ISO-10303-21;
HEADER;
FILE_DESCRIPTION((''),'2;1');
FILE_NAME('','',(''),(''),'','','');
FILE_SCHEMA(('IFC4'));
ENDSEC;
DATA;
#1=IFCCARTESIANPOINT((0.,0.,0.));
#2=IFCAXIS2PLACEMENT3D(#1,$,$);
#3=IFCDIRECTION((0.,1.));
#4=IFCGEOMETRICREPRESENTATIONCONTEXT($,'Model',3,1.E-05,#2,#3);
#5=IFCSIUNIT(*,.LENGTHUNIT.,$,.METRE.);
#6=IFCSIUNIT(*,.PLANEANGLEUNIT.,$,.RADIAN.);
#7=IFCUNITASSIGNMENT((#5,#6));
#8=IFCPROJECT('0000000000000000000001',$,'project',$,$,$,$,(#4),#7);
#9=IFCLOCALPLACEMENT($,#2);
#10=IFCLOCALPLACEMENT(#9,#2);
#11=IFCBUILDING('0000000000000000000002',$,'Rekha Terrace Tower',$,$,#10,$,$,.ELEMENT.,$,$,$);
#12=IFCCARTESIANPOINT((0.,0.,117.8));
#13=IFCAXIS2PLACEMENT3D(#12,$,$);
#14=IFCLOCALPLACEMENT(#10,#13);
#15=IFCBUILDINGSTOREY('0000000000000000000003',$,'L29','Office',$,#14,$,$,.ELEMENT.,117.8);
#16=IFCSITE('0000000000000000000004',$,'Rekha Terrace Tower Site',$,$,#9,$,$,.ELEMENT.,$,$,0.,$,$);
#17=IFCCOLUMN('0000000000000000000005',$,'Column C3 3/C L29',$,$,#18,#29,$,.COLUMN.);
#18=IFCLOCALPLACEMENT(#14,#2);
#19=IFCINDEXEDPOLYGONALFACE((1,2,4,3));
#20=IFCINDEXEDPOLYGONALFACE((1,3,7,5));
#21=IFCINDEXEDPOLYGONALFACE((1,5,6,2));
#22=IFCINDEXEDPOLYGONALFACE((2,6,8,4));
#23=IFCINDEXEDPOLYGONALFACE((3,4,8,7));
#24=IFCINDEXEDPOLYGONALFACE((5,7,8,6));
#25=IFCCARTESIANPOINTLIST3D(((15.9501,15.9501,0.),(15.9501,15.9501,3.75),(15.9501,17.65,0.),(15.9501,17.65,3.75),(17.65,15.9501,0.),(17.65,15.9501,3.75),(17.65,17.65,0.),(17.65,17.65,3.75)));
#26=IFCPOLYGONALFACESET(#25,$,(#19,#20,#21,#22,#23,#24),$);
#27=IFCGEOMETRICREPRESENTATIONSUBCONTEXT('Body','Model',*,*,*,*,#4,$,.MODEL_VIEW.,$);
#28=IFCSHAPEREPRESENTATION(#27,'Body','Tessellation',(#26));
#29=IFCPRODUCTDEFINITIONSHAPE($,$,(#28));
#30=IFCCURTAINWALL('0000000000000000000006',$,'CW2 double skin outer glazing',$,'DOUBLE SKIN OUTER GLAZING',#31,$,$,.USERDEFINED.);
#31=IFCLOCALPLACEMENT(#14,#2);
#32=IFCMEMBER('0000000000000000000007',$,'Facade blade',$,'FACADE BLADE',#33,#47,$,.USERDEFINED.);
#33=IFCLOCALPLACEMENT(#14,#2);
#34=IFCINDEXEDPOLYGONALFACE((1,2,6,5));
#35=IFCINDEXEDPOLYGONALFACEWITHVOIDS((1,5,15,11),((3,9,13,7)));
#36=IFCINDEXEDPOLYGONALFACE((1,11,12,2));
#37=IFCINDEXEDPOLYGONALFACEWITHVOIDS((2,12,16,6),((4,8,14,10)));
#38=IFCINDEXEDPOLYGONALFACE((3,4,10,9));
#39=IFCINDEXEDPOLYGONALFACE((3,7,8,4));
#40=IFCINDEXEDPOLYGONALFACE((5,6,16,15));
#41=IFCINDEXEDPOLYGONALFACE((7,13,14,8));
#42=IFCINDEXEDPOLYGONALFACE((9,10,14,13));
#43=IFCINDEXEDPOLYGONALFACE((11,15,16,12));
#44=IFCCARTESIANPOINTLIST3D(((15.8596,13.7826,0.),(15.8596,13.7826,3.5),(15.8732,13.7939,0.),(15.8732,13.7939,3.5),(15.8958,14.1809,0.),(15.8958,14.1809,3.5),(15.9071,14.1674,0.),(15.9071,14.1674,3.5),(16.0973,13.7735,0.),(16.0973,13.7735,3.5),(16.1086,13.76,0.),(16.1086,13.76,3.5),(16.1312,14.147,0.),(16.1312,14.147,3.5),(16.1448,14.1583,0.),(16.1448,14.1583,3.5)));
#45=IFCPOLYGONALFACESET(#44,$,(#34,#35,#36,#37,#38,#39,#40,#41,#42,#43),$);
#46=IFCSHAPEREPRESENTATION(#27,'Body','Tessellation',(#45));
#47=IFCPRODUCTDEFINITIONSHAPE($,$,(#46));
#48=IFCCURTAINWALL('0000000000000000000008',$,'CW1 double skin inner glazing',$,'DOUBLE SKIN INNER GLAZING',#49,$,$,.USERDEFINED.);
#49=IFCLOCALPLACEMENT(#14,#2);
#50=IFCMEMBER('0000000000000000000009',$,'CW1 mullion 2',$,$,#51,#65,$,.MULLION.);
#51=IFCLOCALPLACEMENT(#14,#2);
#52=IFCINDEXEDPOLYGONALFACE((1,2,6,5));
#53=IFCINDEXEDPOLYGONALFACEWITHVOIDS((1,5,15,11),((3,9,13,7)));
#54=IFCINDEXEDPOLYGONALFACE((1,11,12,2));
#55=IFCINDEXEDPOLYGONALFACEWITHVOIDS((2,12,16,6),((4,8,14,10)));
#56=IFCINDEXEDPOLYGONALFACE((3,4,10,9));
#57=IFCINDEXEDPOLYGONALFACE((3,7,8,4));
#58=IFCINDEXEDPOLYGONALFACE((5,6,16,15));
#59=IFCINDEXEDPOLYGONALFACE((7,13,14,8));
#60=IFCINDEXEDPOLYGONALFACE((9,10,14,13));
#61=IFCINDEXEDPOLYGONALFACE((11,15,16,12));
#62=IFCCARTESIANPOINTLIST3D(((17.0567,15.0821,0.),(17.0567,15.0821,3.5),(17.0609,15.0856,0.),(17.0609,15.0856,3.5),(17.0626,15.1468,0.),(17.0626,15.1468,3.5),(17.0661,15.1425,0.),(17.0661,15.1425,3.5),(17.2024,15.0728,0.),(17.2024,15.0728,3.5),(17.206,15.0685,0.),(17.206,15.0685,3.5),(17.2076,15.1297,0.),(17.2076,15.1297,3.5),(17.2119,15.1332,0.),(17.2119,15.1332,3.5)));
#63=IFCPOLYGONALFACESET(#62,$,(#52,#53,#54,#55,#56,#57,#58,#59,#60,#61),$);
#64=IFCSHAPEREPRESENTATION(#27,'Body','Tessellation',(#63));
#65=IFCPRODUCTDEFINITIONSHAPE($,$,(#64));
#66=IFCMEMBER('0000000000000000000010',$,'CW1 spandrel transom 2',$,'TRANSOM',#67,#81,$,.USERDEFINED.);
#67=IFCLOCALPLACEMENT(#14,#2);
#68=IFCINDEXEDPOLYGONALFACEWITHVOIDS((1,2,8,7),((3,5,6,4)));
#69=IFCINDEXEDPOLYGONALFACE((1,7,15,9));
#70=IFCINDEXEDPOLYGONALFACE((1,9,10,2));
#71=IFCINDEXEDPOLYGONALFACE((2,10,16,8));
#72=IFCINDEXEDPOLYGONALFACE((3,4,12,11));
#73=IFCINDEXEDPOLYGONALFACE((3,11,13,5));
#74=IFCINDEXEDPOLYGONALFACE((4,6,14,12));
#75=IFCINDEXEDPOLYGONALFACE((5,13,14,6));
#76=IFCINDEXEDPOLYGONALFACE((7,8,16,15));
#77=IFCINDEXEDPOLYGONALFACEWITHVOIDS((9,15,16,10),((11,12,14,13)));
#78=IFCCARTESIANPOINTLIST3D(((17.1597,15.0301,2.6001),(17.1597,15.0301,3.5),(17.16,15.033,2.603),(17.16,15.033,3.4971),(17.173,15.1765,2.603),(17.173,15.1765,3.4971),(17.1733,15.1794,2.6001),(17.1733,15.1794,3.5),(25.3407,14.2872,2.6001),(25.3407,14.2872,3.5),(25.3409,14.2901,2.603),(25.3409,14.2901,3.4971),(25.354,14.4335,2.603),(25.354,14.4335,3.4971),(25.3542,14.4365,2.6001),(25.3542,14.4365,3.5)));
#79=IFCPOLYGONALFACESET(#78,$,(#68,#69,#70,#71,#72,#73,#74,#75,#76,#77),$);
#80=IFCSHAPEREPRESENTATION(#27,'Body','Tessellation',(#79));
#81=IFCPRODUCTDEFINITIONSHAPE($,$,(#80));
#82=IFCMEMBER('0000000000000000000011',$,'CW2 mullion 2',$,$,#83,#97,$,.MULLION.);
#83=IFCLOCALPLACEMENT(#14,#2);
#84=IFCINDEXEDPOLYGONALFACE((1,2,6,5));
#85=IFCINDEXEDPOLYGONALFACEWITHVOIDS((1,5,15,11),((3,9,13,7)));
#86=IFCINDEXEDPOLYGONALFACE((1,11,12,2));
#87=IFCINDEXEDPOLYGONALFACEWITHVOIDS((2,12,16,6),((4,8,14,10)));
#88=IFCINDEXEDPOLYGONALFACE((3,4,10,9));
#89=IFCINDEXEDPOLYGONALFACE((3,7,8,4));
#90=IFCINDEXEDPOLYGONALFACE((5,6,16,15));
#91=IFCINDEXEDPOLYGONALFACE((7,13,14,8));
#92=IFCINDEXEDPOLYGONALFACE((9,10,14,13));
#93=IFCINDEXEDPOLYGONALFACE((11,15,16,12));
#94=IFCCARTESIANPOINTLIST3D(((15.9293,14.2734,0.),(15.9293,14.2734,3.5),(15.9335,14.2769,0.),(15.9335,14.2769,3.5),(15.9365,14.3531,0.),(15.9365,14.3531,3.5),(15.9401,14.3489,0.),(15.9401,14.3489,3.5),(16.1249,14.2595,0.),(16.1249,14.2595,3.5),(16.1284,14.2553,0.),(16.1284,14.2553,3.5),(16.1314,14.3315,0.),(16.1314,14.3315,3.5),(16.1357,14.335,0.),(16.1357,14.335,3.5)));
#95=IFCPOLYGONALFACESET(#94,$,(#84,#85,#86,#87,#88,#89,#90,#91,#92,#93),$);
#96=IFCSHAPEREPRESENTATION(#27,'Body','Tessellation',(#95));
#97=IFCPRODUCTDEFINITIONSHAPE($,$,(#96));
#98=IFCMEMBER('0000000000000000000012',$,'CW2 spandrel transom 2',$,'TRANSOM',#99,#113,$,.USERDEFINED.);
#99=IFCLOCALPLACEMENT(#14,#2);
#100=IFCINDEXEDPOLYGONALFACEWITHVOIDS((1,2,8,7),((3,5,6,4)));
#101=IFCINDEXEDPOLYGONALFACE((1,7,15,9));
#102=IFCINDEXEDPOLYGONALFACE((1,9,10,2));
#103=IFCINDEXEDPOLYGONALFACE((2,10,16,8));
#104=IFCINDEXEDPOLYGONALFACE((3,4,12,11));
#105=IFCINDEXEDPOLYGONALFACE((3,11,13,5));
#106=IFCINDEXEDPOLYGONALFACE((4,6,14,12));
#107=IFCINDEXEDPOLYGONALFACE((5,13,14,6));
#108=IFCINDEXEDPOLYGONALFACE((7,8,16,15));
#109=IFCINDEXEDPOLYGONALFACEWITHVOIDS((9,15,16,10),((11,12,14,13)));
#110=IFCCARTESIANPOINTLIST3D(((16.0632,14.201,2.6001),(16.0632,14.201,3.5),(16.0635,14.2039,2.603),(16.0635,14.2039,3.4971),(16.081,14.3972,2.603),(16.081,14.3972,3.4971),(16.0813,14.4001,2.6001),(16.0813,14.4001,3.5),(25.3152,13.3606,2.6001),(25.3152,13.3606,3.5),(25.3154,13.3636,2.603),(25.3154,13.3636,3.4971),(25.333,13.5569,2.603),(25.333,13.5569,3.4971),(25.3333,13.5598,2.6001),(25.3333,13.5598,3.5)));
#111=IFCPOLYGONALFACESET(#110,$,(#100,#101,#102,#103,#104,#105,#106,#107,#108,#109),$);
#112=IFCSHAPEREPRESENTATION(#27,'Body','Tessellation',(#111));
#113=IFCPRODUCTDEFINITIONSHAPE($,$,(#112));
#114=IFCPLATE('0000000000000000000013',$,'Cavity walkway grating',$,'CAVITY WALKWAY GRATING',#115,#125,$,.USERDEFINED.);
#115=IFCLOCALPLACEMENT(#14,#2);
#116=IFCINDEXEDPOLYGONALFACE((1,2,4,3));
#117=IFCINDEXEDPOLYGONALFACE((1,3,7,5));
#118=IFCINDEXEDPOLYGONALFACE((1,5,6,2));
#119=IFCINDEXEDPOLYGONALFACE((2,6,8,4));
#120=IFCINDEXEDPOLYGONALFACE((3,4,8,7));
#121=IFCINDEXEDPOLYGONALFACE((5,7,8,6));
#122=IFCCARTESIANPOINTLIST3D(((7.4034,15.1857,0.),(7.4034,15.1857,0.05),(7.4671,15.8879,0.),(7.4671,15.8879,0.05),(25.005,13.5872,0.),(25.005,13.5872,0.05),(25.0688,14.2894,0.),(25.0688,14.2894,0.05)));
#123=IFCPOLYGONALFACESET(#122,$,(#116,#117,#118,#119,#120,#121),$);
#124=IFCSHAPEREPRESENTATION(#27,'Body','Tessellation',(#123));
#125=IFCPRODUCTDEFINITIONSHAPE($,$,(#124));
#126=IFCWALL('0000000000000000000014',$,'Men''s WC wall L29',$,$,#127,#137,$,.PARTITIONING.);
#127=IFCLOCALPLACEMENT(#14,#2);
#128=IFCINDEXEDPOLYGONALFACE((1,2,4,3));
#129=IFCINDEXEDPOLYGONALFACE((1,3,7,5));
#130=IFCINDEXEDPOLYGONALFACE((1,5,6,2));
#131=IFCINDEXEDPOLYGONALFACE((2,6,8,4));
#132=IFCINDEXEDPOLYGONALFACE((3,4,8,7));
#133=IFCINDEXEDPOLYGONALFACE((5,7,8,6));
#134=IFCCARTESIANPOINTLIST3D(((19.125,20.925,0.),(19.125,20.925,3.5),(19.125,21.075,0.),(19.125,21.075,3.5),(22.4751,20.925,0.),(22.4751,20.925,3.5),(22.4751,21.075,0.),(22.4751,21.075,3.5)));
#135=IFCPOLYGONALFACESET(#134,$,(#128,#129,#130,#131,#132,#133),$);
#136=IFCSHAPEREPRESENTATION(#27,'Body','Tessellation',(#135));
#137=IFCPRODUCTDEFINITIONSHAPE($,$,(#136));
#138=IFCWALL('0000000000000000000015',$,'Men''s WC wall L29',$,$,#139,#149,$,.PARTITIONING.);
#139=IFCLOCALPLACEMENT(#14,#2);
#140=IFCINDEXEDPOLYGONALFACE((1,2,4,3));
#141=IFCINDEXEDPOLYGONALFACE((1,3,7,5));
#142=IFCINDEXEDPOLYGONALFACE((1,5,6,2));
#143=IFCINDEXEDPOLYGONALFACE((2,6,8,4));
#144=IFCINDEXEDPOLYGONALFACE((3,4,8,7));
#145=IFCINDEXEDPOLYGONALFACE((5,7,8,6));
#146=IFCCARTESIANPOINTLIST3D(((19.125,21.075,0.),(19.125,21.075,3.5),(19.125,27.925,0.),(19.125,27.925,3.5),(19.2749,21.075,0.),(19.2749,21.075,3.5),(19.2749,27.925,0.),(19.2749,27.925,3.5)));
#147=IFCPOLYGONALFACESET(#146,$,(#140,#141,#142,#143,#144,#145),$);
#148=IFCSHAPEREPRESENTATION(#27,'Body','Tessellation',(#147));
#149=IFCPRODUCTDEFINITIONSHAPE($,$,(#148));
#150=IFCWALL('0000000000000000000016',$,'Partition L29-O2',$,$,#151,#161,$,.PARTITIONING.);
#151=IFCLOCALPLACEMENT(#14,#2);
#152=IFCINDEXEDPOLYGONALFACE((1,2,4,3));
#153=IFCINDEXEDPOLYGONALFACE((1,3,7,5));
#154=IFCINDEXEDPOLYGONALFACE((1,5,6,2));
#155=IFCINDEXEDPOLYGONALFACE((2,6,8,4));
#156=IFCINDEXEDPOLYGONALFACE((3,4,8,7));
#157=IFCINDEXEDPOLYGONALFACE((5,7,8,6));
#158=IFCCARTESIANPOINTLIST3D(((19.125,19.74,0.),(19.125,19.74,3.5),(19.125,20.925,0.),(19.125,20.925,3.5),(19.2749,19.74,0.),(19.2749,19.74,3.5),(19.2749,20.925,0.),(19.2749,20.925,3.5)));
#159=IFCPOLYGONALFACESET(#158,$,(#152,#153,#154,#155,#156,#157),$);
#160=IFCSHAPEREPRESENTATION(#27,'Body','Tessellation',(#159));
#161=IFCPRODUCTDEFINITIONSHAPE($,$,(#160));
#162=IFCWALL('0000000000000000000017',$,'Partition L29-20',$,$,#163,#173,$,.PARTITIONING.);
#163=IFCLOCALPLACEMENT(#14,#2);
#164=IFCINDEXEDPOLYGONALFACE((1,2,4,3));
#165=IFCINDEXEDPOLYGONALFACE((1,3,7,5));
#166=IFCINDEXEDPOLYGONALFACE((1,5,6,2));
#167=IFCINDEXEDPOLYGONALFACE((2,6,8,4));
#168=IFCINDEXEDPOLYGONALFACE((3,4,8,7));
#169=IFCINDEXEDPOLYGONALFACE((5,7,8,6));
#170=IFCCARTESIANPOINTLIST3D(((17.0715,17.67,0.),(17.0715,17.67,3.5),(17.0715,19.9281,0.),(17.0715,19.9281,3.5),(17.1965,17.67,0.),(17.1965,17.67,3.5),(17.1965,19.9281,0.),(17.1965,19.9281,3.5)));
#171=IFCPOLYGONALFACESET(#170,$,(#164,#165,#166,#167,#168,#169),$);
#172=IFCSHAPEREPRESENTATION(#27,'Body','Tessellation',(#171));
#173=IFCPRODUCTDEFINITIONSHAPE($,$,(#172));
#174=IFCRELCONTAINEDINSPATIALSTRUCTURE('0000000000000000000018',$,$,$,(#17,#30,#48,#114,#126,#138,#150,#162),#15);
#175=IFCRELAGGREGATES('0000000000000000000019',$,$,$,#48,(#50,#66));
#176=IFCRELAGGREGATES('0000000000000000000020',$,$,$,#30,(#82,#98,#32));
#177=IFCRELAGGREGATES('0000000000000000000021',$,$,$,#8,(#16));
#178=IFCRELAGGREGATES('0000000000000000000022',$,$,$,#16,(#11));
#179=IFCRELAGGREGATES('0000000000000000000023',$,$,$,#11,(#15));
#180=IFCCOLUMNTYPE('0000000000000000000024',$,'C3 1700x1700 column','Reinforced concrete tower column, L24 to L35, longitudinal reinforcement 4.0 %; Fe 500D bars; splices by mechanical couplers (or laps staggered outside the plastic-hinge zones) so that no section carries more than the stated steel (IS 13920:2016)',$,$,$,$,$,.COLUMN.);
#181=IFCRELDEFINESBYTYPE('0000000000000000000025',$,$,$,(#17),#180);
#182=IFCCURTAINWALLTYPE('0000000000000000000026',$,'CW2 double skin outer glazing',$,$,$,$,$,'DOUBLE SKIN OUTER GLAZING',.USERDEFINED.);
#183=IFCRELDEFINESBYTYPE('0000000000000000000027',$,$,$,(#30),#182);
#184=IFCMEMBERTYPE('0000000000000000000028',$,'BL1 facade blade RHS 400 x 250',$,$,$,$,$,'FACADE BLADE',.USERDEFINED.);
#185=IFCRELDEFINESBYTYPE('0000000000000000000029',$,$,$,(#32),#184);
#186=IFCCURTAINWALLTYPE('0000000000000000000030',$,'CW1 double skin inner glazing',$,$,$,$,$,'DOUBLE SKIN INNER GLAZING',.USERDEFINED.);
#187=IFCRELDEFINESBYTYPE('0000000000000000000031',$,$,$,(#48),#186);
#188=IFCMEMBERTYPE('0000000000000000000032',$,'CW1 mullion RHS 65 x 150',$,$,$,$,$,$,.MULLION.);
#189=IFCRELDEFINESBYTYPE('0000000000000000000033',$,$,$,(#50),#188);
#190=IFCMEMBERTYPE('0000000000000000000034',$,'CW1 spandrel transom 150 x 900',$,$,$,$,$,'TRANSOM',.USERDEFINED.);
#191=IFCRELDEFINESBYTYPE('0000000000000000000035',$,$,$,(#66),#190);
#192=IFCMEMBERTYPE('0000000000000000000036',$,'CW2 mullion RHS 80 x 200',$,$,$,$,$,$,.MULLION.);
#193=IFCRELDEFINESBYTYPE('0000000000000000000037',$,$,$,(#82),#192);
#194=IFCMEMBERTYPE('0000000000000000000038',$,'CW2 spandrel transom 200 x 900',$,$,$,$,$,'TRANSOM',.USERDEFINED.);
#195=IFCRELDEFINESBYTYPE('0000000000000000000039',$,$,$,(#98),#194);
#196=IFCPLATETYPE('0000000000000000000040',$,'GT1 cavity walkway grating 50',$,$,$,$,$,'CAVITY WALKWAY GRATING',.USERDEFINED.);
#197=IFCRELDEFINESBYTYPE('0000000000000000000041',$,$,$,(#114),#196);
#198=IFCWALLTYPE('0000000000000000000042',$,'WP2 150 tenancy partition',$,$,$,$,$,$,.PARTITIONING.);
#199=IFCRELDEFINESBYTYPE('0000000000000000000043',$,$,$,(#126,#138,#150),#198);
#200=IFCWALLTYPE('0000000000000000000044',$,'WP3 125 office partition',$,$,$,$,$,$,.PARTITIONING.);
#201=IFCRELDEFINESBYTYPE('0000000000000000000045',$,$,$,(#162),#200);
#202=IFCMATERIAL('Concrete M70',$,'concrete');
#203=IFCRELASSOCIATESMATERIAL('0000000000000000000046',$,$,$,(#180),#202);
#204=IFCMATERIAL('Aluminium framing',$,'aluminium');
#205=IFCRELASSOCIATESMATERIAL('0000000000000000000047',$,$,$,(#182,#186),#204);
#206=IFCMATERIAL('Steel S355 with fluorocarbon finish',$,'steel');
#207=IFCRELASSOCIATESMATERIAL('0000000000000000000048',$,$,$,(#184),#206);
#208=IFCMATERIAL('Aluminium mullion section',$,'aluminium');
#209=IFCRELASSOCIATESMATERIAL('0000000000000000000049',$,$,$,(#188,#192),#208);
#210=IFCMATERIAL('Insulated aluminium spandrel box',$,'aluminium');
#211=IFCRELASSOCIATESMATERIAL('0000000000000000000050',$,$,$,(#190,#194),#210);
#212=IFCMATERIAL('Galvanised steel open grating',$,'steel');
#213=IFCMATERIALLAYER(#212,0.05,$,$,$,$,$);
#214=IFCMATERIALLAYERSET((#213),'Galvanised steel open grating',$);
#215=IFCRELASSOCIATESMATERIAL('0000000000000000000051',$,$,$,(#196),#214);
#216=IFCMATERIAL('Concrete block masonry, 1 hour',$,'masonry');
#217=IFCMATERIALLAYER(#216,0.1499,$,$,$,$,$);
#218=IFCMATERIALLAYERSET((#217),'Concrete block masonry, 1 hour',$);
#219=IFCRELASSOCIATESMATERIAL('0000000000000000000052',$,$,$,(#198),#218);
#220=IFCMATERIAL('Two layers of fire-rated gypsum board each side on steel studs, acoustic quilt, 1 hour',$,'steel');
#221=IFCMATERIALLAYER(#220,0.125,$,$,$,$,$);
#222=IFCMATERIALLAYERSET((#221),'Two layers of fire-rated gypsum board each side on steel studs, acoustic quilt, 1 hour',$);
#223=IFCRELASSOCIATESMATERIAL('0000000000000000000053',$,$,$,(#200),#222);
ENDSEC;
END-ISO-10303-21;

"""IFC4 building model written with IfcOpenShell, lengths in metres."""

from ifc_helpers import new_model, si_unit, direction, frame, frame_2d, origin, origin_2d, place, context, subcontext, project, spatial, rectangle, hollow_rectangle, extrude, material, layer, layer_set, material_profile, profile_set, type_object, element, aggregate, save


model = new_model("IFC4")

# Units and contexts
model_context = context("Model", 3, precision=1e-05, world=origin(), true_north=direction((0.0, 1.0)))
body_context = subcontext(model_context, "Body", "Model", "MODEL_VIEW")
ifc_project = project(units=[si_unit("LENGTHUNIT", "METRE"), si_unit("PLANEANGLEUNIT", "RADIAN")], contexts=[model_context])

# Site, building, storey
site_placement = place(None, origin())
site = spatial("IfcSite", under=ifc_project, at=site_placement, Name="Rekha Terrace Tower Site", CompositionType="ELEMENT", RefElevation=0.0)
building_placement = place(site_placement, origin())
building = spatial("IfcBuilding", under=site, at=building_placement, Name="Rekha Terrace Tower", CompositionType="ELEMENT")
storey_placement = place(building_placement, frame((0.0, 0.0, 117.8)))
storey = spatial("IfcBuildingStorey", under=building, at=storey_placement, Name="L29", Description="Office", CompositionType="ELEMENT", Elevation=117.8)

# Column
ifc_material_1 = material(Name="Concrete M70", Category="concrete")
ifc_material_profile_1 = material_profile(ifc_material_1, rectangle(XDim=1.7, YDim=1.7, at=origin_2d()), Name="RC 1700x1700")
ifc_profile_set_1 = profile_set([ifc_material_profile_1], Name="Concrete M70")
column_type = type_object("IfcColumnType", Name="C3 1700x1700 column", Description="Reinforced concrete tower column, L24 to L35, longitudinal reinforcement 4.0 %; Fe 500D bars; splices by mechanical couplers (or laps staggered outside the plastic-hinge zones) so that no section carries more than the stated steel (IS 13920:2016)", PredefinedType="COLUMN", material=ifc_profile_set_1)
column_placement = place(storey_placement, frame((16.8, 16.8, 0.0), z_axis=(0.0, 0.0, 1.0), x_axis=(1.0, 0.0, 0.0)))
element("IfcColumn", 1, at=column_placement, inside=storey, type_object=column_type, Name="Column C3 3/C L29", PredefinedType="COLUMN", context=body_context, shape_type="SweptSolid", body=[
    extrude(rectangle(XDim=1.7, YDim=1.7, at=origin_2d()), origin(), (0.0, 0.0, 1.0), 3.75),
])

# Curtain wall, member
ifc_material_2 = material(Name="Aluminium framing", Category="aluminium")
curtain_wall_type_1 = type_object("IfcCurtainWallType", Name="CW2 double skin outer glazing", ElementType="DOUBLE SKIN OUTER GLAZING", PredefinedType="USERDEFINED", material=ifc_material_2)
curtain_wall_1_placement = place(storey_placement, origin())
curtain_wall_1 = element("IfcCurtainWall", 2, at=curtain_wall_1_placement, inside=storey, type_object=curtain_wall_type_1, Name="CW2 double skin outer glazing", ObjectType="DOUBLE SKIN OUTER GLAZING", PredefinedType="USERDEFINED")
ifc_material_3 = material(Name="Steel S355 with fluorocarbon finish", Category="steel")
ifc_material_profile_2 = material_profile(ifc_material_3, hollow_rectangle(XDim=0.25, YDim=0.3999, WallThickness=0.0125, at=origin_2d()), Name="RHS400x250x12.5")
ifc_profile_set_2 = profile_set([ifc_material_profile_2], Name="Steel S355 with fluorocarbon finish")
member_type_1 = type_object("IfcMemberType", Name="BL1 facade blade RHS 400 x 250", ElementType="FACADE BLADE", PredefinedType="USERDEFINED", material=ifc_profile_set_2)
member_1_placement = place(storey_placement, frame((16.0022, 13.9705, 0.0), z_axis=(0.0, 0.0, 1.0), x_axis=(0.995902, -0.09044, 0.0)))
member_1 = element("IfcMember", 3, at=member_1_placement, type_object=member_type_1, Name="Facade blade", ObjectType="FACADE BLADE", PredefinedType="USERDEFINED", context=body_context, shape_type="SweptSolid", body=[
    extrude(hollow_rectangle(XDim=0.25, YDim=0.3999, WallThickness=0.0125, at=origin_2d()), origin(), (0.0, 0.0, 1.0), 3.5),
])

# Curtain wall, members
curtain_wall_type_2 = type_object("IfcCurtainWallType", Name="CW1 double skin inner glazing", ElementType="DOUBLE SKIN INNER GLAZING", PredefinedType="USERDEFINED", material=ifc_material_2)
curtain_wall_2_placement = place(storey_placement, origin())
curtain_wall_2 = element("IfcCurtainWall", 4, at=curtain_wall_2_placement, inside=storey, type_object=curtain_wall_type_2, Name="CW1 double skin inner glazing", ObjectType="DOUBLE SKIN INNER GLAZING", PredefinedType="USERDEFINED")
ifc_material_4 = material(Name="Aluminium mullion section", Category="aluminium")
ifc_material_profile_3 = material_profile(ifc_material_4, hollow_rectangle(XDim=0.0649, YDim=0.1499, WallThickness=0.0039, at=origin_2d()), Name="AL RHS 65x150")
ifc_profile_set_3 = profile_set([ifc_material_profile_3], Name="Aluminium mullion section")
member_type_2 = type_object("IfcMemberType", Name="CW1 mullion RHS 65 x 150", PredefinedType="MULLION", material=ifc_profile_set_3)
member_2_placement = place(storey_placement, frame((17.1343, 15.1077, 0.0), z_axis=(0.0, 0.0, 1.0), x_axis=(0.09044, 0.995902, 0.0)))
member_2 = element("IfcMember", 5, at=member_2_placement, type_object=member_type_2, Name="CW1 mullion 2", PredefinedType="MULLION", context=body_context, shape_type="SweptSolid", body=[
    extrude(hollow_rectangle(XDim=0.0649, YDim=0.1499, WallThickness=0.0039, at=origin_2d()), origin(), (0.0, 0.0, 1.0), 3.5),
])
ifc_material_5 = material(Name="Insulated aluminium spandrel box", Category="aluminium")
ifc_material_profile_4 = material_profile(ifc_material_5, hollow_rectangle(XDim=0.1499, YDim=0.8999, WallThickness=0.0029, at=origin_2d()), Name="AL SPANDREL BOX 150x900")
ifc_profile_set_4 = profile_set([ifc_material_profile_4], Name="Insulated aluminium spandrel box")
member_type_3 = type_object("IfcMemberType", Name="CW1 spandrel transom 150 x 900", ElementType="TRANSOM", PredefinedType="USERDEFINED", material=ifc_profile_set_4)
member_3_placement = place(storey_placement, frame((17.1665, 15.1047, 3.05), z_axis=(0.995902, -0.090439, 0.0), x_axis=(0.090439, 0.995902, 0.0)))
member_3 = element("IfcMember", 6, at=member_3_placement, type_object=member_type_3, Name="CW1 spandrel transom 2", ObjectType="TRANSOM", PredefinedType="USERDEFINED", context=body_context, shape_type="SweptSolid", body=[
    extrude(hollow_rectangle(XDim=0.1499, YDim=0.8999, WallThickness=0.0029, at=origin_2d()), origin(), (0.0, 0.0, 1.0), 8.2146),
])
aggregate(curtain_wall_2, [member_2, member_3])

# Members
ifc_material_profile_5 = material_profile(ifc_material_4, hollow_rectangle(XDim=0.0801, YDim=0.2, WallThickness=0.0039, at=origin_2d()), Name="AL RHS 80x200")
ifc_profile_set_5 = profile_set([ifc_material_profile_5], Name="Aluminium mullion section")
member_type_4 = type_object("IfcMemberType", Name="CW2 mullion RHS 80 x 200", PredefinedType="MULLION", material=ifc_profile_set_5)
member_4_placement = place(storey_placement, frame((16.0325, 14.3042, 0.0), z_axis=(0.0, 0.0, 1.0), x_axis=(0.09044, 0.995902, 0.0)))
member_4 = element("IfcMember", 7, at=member_4_placement, type_object=member_type_4, Name="CW2 mullion 2", PredefinedType="MULLION", context=body_context, shape_type="SweptSolid", body=[
    extrude(hollow_rectangle(XDim=0.0801, YDim=0.2, WallThickness=0.0039, at=origin_2d()), origin(), (0.0, 0.0, 1.0), 3.5),
])
ifc_material_profile_6 = material_profile(ifc_material_5, hollow_rectangle(XDim=0.2, YDim=0.8999, WallThickness=0.0029, at=origin_2d()), Name="AL SPANDREL BOX 200x900")
ifc_profile_set_6 = profile_set([ifc_material_profile_6], Name="Insulated aluminium spandrel box")
member_type_5 = type_object("IfcMemberType", Name="CW2 spandrel transom 200 x 900", ElementType="TRANSOM", PredefinedType="USERDEFINED", material=ifc_profile_set_6)
member_5_placement = place(storey_placement, frame((16.0723, 14.3005, 3.05), z_axis=(0.995901, -0.090455, 0.0), x_axis=(0.090455, 0.995901, 0.0)))
member_5 = element("IfcMember", 8, at=member_5_placement, type_object=member_type_5, Name="CW2 spandrel transom 2", ObjectType="TRANSOM", PredefinedType="USERDEFINED", context=body_context, shape_type="SweptSolid", body=[
    extrude(hollow_rectangle(XDim=0.2, YDim=0.8999, WallThickness=0.0029, at=origin_2d()), origin(), (0.0, 0.0, 1.0), 9.29),
])
aggregate(curtain_wall_1, [member_4, member_5, member_1])

# Plate
ifc_material_6 = material(Name="Galvanised steel open grating", Category="steel")
ifc_layer_1 = layer(ifc_material_6, 0.05)
ifc_layer_set_1 = layer_set([ifc_layer_1], Name="Galvanised steel open grating")
plate_type = type_object("IfcPlateType", Name="GT1 cavity walkway grating 50", ElementType="CAVITY WALKWAY GRATING", PredefinedType="USERDEFINED", material=ifc_layer_set_1)
plate_placement = place(storey_placement, frame((16.2361, 14.7375, 0.0), z_axis=(0.0, 0.0, 1.0), x_axis=(0.995902, -0.09044, 0.0)))
element("IfcPlate", 9, at=plate_placement, inside=storey, type_object=plate_type, Name="Cavity walkway grating", ObjectType="CAVITY WALKWAY GRATING", PredefinedType="USERDEFINED", context=body_context, shape_type="SweptSolid", body=[
    extrude(rectangle(XDim=17.6741, YDim=0.7051, at=origin_2d()), origin(), (0.0, 0.0, 1.0), 0.05),
])

# Walls
ifc_material_7 = material(Name="Concrete block masonry, 1 hour", Category="masonry")
ifc_layer_2 = layer(ifc_material_7, 0.1499)
ifc_layer_set_2 = layer_set([ifc_layer_2], Name="Concrete block masonry, 1 hour")
wall_type_1 = type_object("IfcWallType", Name="WP2 150 tenancy partition", PredefinedType="PARTITIONING", material=ifc_layer_set_2)
wall_1_placement = place(storey_placement, frame((19.125, 21.0, 0.0), z_axis=(0.0, 0.0, 1.0), x_axis=(1.0, 0.0, 0.0)))
element("IfcWall", 10, at=wall_1_placement, inside=storey, type_object=wall_type_1, Name="Men's WC wall L29", PredefinedType="PARTITIONING", context=body_context, shape_type="SweptSolid", body=[
    extrude(rectangle(XDim=3.3501, YDim=0.1499, at=frame_2d((1.675, 0.0))), origin(), (0.0, 0.0, 1.0), 3.5),
])
wall_2_placement = place(storey_placement, frame((19.2, 21.075, 0.0), z_axis=(0.0, 0.0, 1.0), x_axis=(0.0, 1.0, 0.0)))
element("IfcWall", 11, at=wall_2_placement, inside=storey, type_object=wall_type_1, Name="Men's WC wall L29", PredefinedType="PARTITIONING", context=body_context, shape_type="SweptSolid", body=[
    extrude(rectangle(XDim=6.8501, YDim=0.1499, at=frame_2d((3.425, 0.0))), origin(), (0.0, 0.0, 1.0), 3.5),
])
wall_3_placement = place(storey_placement, frame((19.2, 20.925, 0.0), z_axis=(0.0, 0.0, 1.0), x_axis=(0.0, -1.0, 0.0)))
element("IfcWall", 12, at=wall_3_placement, inside=storey, type_object=wall_type_1, Name="Partition L29-O2", PredefinedType="PARTITIONING", context=body_context, shape_type="SweptSolid", body=[
    extrude(rectangle(XDim=1.1851, YDim=0.1499, at=frame_2d((0.5925, 0.0))), origin(), (0.0, 0.0, 1.0), 3.5),
])
ifc_material_8 = material(Name="Two layers of fire-rated gypsum board each side on steel studs, acoustic quilt, 1 hour", Category="steel")
ifc_layer_3 = layer(ifc_material_8, 0.125)
ifc_layer_set_3 = layer_set([ifc_layer_3], Name="Two layers of fire-rated gypsum board each side on steel studs, acoustic quilt, 1 hour")
wall_type_2 = type_object("IfcWallType", Name="WP3 125 office partition", PredefinedType="PARTITIONING", material=ifc_layer_set_3)
wall_4_placement = place(storey_placement, frame((17.134, 19.928, 0.0), z_axis=(0.0, 0.0, 1.0), x_axis=(0.0, -1.0, 0.0)))
element("IfcWall", 13, at=wall_4_placement, inside=storey, type_object=wall_type_2, Name="Partition L29-20", PredefinedType="PARTITIONING", context=body_context, shape_type="SweptSolid", body=[
    extrude(rectangle(XDim=2.2581, YDim=0.125, at=frame_2d((1.1289, 0.0))), origin(), (0.0, 0.0, 1.0), 3.5),
])

save(model, "model.ifc")
